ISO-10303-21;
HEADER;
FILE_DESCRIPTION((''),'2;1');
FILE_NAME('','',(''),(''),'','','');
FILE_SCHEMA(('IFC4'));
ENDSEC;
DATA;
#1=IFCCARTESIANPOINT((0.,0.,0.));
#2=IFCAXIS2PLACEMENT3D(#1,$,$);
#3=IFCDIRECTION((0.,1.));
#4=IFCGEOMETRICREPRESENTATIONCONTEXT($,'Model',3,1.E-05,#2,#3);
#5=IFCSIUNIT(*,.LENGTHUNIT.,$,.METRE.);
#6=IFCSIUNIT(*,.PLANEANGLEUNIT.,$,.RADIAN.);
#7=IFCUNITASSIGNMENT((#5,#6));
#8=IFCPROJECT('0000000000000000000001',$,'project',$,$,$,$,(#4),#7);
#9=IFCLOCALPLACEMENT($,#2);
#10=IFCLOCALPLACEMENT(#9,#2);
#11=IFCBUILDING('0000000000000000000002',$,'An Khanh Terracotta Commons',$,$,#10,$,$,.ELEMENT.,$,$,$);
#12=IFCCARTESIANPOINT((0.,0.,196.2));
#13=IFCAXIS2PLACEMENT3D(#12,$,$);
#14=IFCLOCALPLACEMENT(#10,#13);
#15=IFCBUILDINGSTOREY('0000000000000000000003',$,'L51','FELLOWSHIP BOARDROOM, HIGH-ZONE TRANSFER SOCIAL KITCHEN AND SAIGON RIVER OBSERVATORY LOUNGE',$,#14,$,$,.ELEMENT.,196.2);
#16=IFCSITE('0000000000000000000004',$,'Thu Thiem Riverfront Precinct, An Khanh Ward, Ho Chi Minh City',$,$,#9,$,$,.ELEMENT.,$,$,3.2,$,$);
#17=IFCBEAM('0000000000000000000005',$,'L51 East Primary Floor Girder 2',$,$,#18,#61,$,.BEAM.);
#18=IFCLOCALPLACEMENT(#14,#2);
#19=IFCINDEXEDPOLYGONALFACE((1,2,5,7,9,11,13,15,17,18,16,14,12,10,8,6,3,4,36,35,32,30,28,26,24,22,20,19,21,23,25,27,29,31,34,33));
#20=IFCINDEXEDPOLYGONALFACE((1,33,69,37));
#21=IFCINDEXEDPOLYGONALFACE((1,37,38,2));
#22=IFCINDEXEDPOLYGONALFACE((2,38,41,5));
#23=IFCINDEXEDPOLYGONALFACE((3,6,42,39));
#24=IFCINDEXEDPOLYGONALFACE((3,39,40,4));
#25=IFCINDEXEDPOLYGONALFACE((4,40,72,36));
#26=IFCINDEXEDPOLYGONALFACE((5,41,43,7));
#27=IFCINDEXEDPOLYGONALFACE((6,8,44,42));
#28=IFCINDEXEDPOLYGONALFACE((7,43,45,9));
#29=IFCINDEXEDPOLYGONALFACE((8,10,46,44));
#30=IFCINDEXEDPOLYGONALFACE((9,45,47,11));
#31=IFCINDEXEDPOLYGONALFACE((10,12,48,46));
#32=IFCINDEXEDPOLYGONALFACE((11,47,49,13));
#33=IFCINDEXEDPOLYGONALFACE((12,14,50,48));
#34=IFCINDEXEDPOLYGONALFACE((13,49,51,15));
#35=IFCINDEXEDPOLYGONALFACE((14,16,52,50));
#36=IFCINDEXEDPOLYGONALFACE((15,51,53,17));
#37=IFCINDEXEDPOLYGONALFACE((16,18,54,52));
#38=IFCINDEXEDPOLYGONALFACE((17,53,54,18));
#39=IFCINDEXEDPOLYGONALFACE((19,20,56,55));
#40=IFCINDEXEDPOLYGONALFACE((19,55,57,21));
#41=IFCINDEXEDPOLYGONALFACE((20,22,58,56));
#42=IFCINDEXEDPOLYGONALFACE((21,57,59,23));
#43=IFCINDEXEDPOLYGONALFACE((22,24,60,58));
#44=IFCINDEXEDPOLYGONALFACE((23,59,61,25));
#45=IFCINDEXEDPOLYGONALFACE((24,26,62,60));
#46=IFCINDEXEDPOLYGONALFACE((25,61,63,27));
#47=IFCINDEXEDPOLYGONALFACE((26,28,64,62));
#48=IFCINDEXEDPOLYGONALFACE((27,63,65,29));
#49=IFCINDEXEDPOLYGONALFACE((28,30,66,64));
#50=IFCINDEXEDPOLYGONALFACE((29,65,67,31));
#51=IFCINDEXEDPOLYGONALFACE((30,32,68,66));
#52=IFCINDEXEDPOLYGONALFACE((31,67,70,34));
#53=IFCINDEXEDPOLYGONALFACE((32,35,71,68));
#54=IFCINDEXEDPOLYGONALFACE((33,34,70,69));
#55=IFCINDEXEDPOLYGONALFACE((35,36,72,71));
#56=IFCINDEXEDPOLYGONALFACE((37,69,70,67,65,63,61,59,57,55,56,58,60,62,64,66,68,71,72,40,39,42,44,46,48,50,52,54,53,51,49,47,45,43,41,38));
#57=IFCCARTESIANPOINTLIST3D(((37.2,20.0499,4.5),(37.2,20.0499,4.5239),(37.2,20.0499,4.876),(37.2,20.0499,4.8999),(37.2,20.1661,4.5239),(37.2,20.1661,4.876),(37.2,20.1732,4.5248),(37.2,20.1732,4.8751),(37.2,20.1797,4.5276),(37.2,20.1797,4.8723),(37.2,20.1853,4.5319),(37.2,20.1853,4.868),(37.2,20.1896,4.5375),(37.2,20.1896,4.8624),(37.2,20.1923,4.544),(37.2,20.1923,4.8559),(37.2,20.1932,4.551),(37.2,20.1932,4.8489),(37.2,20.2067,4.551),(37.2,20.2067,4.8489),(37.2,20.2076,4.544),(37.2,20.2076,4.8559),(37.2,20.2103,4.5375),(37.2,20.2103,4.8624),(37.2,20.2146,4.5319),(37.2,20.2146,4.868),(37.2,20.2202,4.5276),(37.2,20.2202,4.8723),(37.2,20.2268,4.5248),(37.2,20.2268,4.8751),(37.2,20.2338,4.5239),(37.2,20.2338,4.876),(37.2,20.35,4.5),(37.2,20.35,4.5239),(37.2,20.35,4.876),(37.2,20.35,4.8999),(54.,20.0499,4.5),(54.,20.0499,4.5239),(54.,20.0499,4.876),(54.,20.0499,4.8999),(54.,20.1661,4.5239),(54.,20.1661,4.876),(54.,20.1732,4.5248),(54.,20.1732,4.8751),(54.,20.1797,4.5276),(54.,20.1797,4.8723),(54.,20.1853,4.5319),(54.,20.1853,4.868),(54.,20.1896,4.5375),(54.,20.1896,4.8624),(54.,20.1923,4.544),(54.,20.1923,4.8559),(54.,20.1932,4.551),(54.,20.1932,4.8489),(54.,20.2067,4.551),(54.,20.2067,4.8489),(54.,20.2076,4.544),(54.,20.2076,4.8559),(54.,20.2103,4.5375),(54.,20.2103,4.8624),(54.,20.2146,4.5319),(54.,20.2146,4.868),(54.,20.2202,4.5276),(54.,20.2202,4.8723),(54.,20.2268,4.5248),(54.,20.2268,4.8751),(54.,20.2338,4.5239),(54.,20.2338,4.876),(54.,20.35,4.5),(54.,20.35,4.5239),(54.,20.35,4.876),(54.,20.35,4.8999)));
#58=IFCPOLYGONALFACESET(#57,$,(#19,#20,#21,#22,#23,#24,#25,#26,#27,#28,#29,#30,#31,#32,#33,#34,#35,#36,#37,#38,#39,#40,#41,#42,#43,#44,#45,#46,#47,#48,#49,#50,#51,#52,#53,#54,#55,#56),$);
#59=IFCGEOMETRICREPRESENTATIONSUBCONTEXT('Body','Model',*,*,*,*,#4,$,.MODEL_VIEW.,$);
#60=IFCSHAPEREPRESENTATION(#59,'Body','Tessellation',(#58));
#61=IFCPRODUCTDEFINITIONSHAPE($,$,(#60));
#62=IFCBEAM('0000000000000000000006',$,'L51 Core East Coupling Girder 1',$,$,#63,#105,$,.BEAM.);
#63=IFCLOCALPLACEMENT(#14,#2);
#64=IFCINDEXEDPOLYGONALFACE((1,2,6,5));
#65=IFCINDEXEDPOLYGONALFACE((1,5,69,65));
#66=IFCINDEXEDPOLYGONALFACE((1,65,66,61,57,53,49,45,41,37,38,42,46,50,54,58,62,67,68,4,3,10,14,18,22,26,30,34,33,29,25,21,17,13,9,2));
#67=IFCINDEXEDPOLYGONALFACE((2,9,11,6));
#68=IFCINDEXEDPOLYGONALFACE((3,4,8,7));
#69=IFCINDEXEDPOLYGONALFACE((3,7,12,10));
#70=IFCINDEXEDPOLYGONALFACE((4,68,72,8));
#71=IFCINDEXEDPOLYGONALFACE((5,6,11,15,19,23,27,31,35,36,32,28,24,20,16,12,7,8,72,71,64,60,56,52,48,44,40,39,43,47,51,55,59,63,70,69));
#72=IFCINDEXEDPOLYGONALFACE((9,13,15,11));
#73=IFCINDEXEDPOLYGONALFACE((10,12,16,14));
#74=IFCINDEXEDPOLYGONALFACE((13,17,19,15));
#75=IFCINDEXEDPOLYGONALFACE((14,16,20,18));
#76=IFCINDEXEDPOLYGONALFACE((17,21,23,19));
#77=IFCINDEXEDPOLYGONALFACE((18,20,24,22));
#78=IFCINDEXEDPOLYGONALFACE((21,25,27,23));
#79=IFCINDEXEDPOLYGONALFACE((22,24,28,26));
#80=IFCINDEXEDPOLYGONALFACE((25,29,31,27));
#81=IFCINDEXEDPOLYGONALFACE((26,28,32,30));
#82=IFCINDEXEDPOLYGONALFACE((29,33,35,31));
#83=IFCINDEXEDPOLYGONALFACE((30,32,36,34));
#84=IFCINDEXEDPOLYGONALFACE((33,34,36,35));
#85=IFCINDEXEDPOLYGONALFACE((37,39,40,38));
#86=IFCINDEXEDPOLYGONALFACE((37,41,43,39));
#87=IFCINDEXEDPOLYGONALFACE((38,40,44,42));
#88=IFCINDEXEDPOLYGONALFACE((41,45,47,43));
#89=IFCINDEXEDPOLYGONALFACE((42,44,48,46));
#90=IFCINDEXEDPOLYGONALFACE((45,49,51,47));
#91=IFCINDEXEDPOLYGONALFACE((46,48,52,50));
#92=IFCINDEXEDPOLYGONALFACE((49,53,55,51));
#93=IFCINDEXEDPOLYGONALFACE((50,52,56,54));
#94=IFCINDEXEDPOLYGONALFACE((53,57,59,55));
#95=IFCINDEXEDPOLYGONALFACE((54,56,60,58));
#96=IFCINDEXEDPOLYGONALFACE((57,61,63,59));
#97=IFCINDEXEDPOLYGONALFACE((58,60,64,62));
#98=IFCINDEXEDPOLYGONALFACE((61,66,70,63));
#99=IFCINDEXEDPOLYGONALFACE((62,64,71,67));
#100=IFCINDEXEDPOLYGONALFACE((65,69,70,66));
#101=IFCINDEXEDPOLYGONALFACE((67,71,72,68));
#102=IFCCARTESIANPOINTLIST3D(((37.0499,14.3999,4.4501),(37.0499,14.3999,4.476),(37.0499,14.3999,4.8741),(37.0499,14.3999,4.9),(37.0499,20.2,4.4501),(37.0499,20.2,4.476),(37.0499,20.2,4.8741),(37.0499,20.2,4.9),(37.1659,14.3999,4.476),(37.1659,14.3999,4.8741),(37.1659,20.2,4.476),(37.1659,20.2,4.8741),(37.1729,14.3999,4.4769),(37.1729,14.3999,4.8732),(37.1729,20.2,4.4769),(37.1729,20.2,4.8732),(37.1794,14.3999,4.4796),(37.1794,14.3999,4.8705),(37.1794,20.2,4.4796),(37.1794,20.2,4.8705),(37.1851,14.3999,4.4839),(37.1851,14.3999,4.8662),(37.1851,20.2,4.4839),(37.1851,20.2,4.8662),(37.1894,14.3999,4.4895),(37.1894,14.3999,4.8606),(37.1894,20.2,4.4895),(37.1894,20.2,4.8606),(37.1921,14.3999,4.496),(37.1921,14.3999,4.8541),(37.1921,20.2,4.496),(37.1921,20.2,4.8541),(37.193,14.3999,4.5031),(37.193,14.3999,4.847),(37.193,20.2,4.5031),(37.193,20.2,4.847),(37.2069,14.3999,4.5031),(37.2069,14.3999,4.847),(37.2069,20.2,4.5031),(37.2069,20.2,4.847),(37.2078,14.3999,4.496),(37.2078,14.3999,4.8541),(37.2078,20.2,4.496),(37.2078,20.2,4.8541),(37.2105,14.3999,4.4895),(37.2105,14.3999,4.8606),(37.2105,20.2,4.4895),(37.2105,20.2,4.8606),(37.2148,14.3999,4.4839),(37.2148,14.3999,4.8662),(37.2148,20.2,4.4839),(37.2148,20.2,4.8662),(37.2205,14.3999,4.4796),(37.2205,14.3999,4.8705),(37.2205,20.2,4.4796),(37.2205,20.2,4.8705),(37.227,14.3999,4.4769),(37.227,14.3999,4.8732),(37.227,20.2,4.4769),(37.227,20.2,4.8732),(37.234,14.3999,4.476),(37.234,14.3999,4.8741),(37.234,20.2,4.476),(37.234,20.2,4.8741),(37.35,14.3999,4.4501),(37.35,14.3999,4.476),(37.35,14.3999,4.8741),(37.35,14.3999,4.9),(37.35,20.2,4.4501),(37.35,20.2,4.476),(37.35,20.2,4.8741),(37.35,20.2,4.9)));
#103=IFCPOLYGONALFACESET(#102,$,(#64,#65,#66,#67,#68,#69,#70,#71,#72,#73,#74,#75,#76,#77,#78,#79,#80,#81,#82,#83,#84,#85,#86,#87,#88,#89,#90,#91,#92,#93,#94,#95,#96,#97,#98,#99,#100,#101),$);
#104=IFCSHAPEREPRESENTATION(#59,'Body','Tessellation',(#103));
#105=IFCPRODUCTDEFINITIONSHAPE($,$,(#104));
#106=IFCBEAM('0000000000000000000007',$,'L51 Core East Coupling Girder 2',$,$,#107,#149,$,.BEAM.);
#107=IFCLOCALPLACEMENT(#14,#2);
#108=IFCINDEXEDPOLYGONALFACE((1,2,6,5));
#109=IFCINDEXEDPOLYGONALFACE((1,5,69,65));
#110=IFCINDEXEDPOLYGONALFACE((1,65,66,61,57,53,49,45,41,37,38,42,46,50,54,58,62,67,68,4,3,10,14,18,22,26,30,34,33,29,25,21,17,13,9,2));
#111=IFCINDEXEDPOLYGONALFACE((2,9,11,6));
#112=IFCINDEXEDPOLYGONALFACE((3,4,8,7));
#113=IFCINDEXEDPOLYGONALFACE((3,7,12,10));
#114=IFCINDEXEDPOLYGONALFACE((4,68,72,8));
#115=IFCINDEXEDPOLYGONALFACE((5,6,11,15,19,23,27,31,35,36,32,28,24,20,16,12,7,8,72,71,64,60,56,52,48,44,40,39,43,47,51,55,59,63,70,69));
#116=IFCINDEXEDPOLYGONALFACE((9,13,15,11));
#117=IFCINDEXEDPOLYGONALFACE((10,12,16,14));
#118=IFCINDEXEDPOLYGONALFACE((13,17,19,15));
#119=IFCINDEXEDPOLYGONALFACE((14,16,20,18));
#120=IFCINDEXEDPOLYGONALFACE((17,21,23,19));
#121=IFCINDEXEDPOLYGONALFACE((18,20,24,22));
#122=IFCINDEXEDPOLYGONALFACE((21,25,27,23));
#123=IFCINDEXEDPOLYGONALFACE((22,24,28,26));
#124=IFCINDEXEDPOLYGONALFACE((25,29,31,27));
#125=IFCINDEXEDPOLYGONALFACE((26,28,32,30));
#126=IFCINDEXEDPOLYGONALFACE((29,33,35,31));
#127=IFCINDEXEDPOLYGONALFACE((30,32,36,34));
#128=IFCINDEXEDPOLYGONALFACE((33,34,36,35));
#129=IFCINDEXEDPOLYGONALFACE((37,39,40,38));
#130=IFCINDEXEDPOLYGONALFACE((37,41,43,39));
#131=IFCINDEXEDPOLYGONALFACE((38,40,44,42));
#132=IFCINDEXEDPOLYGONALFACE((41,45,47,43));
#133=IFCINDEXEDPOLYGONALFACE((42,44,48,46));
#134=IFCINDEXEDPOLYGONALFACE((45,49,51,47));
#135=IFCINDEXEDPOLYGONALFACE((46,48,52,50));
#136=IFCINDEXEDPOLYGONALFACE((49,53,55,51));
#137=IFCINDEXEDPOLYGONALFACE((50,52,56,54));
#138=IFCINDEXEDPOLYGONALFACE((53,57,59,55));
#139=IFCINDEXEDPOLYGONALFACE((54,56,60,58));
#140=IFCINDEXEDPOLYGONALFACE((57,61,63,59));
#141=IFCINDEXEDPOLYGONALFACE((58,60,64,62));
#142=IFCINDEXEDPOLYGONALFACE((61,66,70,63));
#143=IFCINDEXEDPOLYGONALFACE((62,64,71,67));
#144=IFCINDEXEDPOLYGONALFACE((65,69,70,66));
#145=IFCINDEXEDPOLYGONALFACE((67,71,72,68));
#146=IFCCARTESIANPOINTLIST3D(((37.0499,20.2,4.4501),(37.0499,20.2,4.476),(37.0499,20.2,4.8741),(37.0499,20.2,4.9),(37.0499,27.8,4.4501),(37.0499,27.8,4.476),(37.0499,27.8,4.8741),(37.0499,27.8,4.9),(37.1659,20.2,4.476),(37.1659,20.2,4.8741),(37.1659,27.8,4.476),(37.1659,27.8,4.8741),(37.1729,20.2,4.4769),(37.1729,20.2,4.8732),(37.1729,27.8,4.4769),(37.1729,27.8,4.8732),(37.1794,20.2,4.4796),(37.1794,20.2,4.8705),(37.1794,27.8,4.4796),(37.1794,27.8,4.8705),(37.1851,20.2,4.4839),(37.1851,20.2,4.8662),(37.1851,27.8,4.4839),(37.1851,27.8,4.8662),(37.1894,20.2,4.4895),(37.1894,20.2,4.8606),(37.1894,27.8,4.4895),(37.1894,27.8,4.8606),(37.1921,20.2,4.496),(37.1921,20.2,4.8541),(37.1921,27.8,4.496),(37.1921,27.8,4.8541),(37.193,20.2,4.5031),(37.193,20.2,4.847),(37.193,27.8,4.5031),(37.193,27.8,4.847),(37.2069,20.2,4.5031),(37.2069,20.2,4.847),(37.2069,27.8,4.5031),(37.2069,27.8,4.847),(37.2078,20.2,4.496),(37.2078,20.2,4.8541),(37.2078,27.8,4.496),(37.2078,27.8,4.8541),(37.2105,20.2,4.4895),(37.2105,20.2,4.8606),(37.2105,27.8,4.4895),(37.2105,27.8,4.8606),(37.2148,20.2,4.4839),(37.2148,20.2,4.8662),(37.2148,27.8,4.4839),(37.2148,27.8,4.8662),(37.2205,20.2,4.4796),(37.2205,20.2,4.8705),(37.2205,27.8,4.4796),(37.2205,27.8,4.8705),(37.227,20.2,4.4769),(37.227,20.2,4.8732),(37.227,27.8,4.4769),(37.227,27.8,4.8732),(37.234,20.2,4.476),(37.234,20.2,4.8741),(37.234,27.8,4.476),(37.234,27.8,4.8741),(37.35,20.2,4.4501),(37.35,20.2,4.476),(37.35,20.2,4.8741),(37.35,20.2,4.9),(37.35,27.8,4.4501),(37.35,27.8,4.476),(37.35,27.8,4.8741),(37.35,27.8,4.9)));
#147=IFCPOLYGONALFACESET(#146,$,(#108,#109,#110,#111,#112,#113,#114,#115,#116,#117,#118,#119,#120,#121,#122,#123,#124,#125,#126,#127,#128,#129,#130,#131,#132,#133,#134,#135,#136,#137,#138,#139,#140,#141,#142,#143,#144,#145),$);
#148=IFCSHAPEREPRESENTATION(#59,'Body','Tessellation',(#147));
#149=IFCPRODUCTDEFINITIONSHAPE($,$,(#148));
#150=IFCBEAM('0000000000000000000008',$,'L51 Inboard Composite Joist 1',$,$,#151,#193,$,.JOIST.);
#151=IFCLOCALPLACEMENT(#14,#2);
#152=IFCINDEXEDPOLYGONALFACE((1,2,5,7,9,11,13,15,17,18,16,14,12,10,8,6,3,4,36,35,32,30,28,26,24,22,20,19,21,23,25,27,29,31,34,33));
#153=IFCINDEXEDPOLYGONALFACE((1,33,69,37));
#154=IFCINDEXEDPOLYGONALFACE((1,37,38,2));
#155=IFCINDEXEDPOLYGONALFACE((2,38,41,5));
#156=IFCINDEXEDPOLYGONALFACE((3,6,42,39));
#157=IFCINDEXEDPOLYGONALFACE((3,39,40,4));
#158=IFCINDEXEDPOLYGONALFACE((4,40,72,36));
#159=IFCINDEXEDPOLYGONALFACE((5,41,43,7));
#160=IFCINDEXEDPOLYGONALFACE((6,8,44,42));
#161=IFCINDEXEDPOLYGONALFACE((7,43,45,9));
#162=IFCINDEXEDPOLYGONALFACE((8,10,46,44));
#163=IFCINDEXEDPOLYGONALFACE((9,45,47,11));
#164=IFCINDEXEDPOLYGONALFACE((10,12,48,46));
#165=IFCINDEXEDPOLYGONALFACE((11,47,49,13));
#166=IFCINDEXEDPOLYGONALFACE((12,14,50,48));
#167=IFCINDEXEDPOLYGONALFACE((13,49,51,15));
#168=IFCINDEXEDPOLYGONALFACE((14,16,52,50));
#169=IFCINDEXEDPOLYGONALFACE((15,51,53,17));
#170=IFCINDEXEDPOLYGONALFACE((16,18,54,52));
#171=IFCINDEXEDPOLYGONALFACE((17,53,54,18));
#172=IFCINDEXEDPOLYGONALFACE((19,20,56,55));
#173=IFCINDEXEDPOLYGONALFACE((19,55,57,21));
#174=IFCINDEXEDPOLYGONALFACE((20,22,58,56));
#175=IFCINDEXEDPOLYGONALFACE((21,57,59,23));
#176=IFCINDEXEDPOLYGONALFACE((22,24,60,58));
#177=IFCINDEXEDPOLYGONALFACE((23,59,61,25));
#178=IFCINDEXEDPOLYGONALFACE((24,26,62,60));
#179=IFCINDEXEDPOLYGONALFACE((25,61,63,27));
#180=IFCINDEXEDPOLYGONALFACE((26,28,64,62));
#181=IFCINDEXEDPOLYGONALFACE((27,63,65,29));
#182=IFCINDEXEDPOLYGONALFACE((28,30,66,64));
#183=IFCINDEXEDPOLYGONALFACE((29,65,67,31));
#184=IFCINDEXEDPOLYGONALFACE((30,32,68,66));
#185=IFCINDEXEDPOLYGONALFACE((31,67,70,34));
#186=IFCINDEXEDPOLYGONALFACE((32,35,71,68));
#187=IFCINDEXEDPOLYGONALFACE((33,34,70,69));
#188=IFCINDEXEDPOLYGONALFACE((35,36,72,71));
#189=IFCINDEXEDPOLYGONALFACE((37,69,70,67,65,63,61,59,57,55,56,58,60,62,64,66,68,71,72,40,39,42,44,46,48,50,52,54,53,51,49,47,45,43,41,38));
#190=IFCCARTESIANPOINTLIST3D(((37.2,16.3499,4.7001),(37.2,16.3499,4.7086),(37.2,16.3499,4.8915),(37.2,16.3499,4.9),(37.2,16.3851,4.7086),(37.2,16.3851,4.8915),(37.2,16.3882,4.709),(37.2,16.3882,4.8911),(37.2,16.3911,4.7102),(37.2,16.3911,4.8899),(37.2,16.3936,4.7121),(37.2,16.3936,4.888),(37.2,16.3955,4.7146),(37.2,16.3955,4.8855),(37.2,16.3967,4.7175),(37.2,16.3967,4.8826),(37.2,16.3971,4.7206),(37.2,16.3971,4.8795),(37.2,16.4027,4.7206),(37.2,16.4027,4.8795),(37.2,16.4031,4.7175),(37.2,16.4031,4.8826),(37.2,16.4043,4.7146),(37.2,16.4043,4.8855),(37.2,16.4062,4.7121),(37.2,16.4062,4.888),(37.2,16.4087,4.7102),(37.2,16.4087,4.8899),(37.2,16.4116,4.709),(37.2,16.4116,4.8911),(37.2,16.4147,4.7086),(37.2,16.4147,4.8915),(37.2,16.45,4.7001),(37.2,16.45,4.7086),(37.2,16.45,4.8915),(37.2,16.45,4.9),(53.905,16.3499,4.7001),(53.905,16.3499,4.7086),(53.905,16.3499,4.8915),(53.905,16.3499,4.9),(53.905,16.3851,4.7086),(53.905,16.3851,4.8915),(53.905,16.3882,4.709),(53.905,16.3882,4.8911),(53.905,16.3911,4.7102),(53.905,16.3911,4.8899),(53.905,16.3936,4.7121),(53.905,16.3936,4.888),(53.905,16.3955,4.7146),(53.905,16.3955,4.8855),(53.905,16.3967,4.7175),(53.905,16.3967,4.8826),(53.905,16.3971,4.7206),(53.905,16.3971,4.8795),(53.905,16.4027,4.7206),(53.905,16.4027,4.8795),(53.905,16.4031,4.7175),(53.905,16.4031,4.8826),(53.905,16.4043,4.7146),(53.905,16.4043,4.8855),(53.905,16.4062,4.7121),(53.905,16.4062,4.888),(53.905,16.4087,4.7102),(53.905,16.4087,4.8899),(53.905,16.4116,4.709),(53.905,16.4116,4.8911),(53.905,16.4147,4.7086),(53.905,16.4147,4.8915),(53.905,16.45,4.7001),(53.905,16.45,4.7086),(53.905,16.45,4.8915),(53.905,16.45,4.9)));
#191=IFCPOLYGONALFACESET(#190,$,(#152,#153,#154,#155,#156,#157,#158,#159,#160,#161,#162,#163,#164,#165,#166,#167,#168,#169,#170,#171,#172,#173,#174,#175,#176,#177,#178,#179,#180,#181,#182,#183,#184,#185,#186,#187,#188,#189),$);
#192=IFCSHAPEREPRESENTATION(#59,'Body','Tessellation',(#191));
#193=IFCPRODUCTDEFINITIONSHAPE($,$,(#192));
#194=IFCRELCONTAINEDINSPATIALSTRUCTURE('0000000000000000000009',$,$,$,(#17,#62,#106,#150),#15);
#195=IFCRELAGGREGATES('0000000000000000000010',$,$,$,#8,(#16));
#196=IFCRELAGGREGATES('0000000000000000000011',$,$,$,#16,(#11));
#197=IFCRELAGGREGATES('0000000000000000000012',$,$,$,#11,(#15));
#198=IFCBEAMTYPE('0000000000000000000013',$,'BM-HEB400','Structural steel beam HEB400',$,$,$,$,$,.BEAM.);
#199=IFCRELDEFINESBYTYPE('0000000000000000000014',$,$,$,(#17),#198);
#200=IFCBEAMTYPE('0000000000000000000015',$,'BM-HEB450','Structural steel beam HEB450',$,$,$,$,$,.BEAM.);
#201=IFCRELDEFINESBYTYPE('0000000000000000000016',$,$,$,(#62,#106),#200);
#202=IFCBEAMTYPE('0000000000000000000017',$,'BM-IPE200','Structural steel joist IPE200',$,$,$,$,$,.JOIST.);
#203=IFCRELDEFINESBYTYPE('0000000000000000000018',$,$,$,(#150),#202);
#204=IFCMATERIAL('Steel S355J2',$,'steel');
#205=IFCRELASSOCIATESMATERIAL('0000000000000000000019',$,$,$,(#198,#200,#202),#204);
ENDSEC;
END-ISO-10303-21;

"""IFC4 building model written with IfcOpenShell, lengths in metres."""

from ifc_helpers import new_model, si_unit, direction, frame, origin, origin_2d, place, context, subcontext, project, spatial, i_section, extrude, material, material_profile, profile_set, type_object, element, save


model = new_model("IFC4")

# Units and contexts
model_context = context("Model", 3, precision=1e-05, world=origin(), true_north=direction((0.0, 1.0)))
body_context = subcontext(model_context, "Body", "Model", "MODEL_VIEW")
ifc_project = project(units=[si_unit("LENGTHUNIT", "METRE"), si_unit("PLANEANGLEUNIT", "RADIAN")], contexts=[model_context])

# Site, building, storey
site_placement = place(None, origin())
site = spatial("IfcSite", under=ifc_project, at=site_placement, Name="Thu Thiem Riverfront Precinct, An Khanh Ward, Ho Chi Minh City", CompositionType="ELEMENT", RefElevation=3.2)
building_placement = place(site_placement, origin())
building = spatial("IfcBuilding", under=site, at=building_placement, Name="An Khanh Terracotta Commons", CompositionType="ELEMENT")
storey_placement = place(building_placement, frame((0.0, 0.0, 196.2)))
storey = spatial("IfcBuildingStorey", under=building, at=storey_placement, Name="L51", Description="FELLOWSHIP BOARDROOM, HIGH-ZONE TRANSFER SOCIAL KITCHEN AND SAIGON RIVER OBSERVATORY LOUNGE", CompositionType="ELEMENT", Elevation=196.2)

# Beams
ifc_material_1 = material(Name="Steel S355J2", Category="steel")
ifc_material_profile_1 = material_profile(ifc_material_1, i_section(OverallWidth=0.3, OverallDepth=0.3999, WebThickness=0.0134, FlangeThickness=0.0239, FilletRadius=0.0271, at=origin_2d()), Name="HEB400")
ifc_profile_set_1 = profile_set([ifc_material_profile_1], Name="Steel S355J2")
beam_type_1 = type_object("IfcBeamType", Name="BM-HEB400", Description="Structural steel beam HEB400", PredefinedType="BEAM", material=ifc_profile_set_1)
for number, where, z_axis, x_axis, name in (
    (1, (37.2, 20.2, 4.7), (1.0, 0.0, 0.0), (0.0, 1.0, 0.0), "L51 East Primary Floor Girder 2"),
):
    element("IfcBeam", number, at=place(storey_placement, frame(where, z_axis=z_axis, x_axis=x_axis)), inside=storey, type_object=beam_type_1, Name=name, PredefinedType="BEAM", context=body_context, shape_type="SweptSolid", body=[
        extrude(i_section(OverallWidth=0.3, OverallDepth=0.3999, WebThickness=0.0134, FlangeThickness=0.0239, FilletRadius=0.0271, at=origin_2d()), origin(), (0.0, 0.0, 1.0), 16.8),
    ])
ifc_material_profile_2 = material_profile(ifc_material_1, i_section(OverallWidth=0.3, OverallDepth=0.45, WebThickness=0.0139, FlangeThickness=0.0259, FilletRadius=0.0271, at=origin_2d()), Name="HEB450")
ifc_profile_set_2 = profile_set([ifc_material_profile_2], Name="Steel S355J2")
beam_type_2 = type_object("IfcBeamType", Name="BM-HEB450", Description="Structural steel beam HEB450", PredefinedType="BEAM", material=ifc_profile_set_2)
beam_1_placement = place(storey_placement, frame((37.2, 14.3999, 4.675), z_axis=(0.0, 1.0, 0.0), x_axis=(-1.0, 0.0, 0.0)))
element("IfcBeam", 2, at=beam_1_placement, inside=storey, type_object=beam_type_2, Name="L51 Core East Coupling Girder 1", PredefinedType="BEAM", context=body_context, shape_type="SweptSolid", body=[
    extrude(i_section(OverallWidth=0.3, OverallDepth=0.45, WebThickness=0.0139, FlangeThickness=0.0259, FilletRadius=0.0271, at=origin_2d()), origin(), (0.0, 0.0, 1.0), 5.8),
])
beam_2_placement = place(storey_placement, frame((37.2, 20.2, 4.675), z_axis=(0.0, 1.0, 0.0), x_axis=(-1.0, 0.0, 0.0)))
element("IfcBeam", 3, at=beam_2_placement, inside=storey, type_object=beam_type_2, Name="L51 Core East Coupling Girder 2", PredefinedType="BEAM", context=body_context, shape_type="SweptSolid", body=[
    extrude(i_section(OverallWidth=0.3, OverallDepth=0.45, WebThickness=0.0139, FlangeThickness=0.0259, FilletRadius=0.0271, at=origin_2d()), origin(), (0.0, 0.0, 1.0), 7.6001),
])
ifc_material_profile_3 = material_profile(ifc_material_1, i_section(OverallWidth=0.1001, OverallDepth=0.2, WebThickness=0.0056, FlangeThickness=0.0085, FilletRadius=0.012, at=origin_2d()), Name="IPE200")
ifc_profile_set_3 = profile_set([ifc_material_profile_3], Name="Steel S355J2")
beam_type_3 = type_object("IfcBeamType", Name="BM-IPE200", Description="Structural steel joist IPE200", PredefinedType="JOIST", material=ifc_profile_set_3)
for number, where, z_axis, x_axis, name in (
    (4, (37.2, 16.3999, 4.8), (1.0, 0.0, 0.0), (0.0, 1.0, 0.0), "L51 Inboard Composite Joist 1"),
):
    element("IfcBeam", number, at=place(storey_placement, frame(where, z_axis=z_axis, x_axis=x_axis)), inside=storey, type_object=beam_type_3, Name=name, PredefinedType="JOIST", context=body_context, shape_type="SweptSolid", body=[
        extrude(i_section(OverallWidth=0.1001, OverallDepth=0.2, WebThickness=0.0056, FlangeThickness=0.0085, FilletRadius=0.012, at=origin_2d()), origin(), (0.0, 0.0, 1.0), 16.7051),
    ])

save(model, "model.ifc")
